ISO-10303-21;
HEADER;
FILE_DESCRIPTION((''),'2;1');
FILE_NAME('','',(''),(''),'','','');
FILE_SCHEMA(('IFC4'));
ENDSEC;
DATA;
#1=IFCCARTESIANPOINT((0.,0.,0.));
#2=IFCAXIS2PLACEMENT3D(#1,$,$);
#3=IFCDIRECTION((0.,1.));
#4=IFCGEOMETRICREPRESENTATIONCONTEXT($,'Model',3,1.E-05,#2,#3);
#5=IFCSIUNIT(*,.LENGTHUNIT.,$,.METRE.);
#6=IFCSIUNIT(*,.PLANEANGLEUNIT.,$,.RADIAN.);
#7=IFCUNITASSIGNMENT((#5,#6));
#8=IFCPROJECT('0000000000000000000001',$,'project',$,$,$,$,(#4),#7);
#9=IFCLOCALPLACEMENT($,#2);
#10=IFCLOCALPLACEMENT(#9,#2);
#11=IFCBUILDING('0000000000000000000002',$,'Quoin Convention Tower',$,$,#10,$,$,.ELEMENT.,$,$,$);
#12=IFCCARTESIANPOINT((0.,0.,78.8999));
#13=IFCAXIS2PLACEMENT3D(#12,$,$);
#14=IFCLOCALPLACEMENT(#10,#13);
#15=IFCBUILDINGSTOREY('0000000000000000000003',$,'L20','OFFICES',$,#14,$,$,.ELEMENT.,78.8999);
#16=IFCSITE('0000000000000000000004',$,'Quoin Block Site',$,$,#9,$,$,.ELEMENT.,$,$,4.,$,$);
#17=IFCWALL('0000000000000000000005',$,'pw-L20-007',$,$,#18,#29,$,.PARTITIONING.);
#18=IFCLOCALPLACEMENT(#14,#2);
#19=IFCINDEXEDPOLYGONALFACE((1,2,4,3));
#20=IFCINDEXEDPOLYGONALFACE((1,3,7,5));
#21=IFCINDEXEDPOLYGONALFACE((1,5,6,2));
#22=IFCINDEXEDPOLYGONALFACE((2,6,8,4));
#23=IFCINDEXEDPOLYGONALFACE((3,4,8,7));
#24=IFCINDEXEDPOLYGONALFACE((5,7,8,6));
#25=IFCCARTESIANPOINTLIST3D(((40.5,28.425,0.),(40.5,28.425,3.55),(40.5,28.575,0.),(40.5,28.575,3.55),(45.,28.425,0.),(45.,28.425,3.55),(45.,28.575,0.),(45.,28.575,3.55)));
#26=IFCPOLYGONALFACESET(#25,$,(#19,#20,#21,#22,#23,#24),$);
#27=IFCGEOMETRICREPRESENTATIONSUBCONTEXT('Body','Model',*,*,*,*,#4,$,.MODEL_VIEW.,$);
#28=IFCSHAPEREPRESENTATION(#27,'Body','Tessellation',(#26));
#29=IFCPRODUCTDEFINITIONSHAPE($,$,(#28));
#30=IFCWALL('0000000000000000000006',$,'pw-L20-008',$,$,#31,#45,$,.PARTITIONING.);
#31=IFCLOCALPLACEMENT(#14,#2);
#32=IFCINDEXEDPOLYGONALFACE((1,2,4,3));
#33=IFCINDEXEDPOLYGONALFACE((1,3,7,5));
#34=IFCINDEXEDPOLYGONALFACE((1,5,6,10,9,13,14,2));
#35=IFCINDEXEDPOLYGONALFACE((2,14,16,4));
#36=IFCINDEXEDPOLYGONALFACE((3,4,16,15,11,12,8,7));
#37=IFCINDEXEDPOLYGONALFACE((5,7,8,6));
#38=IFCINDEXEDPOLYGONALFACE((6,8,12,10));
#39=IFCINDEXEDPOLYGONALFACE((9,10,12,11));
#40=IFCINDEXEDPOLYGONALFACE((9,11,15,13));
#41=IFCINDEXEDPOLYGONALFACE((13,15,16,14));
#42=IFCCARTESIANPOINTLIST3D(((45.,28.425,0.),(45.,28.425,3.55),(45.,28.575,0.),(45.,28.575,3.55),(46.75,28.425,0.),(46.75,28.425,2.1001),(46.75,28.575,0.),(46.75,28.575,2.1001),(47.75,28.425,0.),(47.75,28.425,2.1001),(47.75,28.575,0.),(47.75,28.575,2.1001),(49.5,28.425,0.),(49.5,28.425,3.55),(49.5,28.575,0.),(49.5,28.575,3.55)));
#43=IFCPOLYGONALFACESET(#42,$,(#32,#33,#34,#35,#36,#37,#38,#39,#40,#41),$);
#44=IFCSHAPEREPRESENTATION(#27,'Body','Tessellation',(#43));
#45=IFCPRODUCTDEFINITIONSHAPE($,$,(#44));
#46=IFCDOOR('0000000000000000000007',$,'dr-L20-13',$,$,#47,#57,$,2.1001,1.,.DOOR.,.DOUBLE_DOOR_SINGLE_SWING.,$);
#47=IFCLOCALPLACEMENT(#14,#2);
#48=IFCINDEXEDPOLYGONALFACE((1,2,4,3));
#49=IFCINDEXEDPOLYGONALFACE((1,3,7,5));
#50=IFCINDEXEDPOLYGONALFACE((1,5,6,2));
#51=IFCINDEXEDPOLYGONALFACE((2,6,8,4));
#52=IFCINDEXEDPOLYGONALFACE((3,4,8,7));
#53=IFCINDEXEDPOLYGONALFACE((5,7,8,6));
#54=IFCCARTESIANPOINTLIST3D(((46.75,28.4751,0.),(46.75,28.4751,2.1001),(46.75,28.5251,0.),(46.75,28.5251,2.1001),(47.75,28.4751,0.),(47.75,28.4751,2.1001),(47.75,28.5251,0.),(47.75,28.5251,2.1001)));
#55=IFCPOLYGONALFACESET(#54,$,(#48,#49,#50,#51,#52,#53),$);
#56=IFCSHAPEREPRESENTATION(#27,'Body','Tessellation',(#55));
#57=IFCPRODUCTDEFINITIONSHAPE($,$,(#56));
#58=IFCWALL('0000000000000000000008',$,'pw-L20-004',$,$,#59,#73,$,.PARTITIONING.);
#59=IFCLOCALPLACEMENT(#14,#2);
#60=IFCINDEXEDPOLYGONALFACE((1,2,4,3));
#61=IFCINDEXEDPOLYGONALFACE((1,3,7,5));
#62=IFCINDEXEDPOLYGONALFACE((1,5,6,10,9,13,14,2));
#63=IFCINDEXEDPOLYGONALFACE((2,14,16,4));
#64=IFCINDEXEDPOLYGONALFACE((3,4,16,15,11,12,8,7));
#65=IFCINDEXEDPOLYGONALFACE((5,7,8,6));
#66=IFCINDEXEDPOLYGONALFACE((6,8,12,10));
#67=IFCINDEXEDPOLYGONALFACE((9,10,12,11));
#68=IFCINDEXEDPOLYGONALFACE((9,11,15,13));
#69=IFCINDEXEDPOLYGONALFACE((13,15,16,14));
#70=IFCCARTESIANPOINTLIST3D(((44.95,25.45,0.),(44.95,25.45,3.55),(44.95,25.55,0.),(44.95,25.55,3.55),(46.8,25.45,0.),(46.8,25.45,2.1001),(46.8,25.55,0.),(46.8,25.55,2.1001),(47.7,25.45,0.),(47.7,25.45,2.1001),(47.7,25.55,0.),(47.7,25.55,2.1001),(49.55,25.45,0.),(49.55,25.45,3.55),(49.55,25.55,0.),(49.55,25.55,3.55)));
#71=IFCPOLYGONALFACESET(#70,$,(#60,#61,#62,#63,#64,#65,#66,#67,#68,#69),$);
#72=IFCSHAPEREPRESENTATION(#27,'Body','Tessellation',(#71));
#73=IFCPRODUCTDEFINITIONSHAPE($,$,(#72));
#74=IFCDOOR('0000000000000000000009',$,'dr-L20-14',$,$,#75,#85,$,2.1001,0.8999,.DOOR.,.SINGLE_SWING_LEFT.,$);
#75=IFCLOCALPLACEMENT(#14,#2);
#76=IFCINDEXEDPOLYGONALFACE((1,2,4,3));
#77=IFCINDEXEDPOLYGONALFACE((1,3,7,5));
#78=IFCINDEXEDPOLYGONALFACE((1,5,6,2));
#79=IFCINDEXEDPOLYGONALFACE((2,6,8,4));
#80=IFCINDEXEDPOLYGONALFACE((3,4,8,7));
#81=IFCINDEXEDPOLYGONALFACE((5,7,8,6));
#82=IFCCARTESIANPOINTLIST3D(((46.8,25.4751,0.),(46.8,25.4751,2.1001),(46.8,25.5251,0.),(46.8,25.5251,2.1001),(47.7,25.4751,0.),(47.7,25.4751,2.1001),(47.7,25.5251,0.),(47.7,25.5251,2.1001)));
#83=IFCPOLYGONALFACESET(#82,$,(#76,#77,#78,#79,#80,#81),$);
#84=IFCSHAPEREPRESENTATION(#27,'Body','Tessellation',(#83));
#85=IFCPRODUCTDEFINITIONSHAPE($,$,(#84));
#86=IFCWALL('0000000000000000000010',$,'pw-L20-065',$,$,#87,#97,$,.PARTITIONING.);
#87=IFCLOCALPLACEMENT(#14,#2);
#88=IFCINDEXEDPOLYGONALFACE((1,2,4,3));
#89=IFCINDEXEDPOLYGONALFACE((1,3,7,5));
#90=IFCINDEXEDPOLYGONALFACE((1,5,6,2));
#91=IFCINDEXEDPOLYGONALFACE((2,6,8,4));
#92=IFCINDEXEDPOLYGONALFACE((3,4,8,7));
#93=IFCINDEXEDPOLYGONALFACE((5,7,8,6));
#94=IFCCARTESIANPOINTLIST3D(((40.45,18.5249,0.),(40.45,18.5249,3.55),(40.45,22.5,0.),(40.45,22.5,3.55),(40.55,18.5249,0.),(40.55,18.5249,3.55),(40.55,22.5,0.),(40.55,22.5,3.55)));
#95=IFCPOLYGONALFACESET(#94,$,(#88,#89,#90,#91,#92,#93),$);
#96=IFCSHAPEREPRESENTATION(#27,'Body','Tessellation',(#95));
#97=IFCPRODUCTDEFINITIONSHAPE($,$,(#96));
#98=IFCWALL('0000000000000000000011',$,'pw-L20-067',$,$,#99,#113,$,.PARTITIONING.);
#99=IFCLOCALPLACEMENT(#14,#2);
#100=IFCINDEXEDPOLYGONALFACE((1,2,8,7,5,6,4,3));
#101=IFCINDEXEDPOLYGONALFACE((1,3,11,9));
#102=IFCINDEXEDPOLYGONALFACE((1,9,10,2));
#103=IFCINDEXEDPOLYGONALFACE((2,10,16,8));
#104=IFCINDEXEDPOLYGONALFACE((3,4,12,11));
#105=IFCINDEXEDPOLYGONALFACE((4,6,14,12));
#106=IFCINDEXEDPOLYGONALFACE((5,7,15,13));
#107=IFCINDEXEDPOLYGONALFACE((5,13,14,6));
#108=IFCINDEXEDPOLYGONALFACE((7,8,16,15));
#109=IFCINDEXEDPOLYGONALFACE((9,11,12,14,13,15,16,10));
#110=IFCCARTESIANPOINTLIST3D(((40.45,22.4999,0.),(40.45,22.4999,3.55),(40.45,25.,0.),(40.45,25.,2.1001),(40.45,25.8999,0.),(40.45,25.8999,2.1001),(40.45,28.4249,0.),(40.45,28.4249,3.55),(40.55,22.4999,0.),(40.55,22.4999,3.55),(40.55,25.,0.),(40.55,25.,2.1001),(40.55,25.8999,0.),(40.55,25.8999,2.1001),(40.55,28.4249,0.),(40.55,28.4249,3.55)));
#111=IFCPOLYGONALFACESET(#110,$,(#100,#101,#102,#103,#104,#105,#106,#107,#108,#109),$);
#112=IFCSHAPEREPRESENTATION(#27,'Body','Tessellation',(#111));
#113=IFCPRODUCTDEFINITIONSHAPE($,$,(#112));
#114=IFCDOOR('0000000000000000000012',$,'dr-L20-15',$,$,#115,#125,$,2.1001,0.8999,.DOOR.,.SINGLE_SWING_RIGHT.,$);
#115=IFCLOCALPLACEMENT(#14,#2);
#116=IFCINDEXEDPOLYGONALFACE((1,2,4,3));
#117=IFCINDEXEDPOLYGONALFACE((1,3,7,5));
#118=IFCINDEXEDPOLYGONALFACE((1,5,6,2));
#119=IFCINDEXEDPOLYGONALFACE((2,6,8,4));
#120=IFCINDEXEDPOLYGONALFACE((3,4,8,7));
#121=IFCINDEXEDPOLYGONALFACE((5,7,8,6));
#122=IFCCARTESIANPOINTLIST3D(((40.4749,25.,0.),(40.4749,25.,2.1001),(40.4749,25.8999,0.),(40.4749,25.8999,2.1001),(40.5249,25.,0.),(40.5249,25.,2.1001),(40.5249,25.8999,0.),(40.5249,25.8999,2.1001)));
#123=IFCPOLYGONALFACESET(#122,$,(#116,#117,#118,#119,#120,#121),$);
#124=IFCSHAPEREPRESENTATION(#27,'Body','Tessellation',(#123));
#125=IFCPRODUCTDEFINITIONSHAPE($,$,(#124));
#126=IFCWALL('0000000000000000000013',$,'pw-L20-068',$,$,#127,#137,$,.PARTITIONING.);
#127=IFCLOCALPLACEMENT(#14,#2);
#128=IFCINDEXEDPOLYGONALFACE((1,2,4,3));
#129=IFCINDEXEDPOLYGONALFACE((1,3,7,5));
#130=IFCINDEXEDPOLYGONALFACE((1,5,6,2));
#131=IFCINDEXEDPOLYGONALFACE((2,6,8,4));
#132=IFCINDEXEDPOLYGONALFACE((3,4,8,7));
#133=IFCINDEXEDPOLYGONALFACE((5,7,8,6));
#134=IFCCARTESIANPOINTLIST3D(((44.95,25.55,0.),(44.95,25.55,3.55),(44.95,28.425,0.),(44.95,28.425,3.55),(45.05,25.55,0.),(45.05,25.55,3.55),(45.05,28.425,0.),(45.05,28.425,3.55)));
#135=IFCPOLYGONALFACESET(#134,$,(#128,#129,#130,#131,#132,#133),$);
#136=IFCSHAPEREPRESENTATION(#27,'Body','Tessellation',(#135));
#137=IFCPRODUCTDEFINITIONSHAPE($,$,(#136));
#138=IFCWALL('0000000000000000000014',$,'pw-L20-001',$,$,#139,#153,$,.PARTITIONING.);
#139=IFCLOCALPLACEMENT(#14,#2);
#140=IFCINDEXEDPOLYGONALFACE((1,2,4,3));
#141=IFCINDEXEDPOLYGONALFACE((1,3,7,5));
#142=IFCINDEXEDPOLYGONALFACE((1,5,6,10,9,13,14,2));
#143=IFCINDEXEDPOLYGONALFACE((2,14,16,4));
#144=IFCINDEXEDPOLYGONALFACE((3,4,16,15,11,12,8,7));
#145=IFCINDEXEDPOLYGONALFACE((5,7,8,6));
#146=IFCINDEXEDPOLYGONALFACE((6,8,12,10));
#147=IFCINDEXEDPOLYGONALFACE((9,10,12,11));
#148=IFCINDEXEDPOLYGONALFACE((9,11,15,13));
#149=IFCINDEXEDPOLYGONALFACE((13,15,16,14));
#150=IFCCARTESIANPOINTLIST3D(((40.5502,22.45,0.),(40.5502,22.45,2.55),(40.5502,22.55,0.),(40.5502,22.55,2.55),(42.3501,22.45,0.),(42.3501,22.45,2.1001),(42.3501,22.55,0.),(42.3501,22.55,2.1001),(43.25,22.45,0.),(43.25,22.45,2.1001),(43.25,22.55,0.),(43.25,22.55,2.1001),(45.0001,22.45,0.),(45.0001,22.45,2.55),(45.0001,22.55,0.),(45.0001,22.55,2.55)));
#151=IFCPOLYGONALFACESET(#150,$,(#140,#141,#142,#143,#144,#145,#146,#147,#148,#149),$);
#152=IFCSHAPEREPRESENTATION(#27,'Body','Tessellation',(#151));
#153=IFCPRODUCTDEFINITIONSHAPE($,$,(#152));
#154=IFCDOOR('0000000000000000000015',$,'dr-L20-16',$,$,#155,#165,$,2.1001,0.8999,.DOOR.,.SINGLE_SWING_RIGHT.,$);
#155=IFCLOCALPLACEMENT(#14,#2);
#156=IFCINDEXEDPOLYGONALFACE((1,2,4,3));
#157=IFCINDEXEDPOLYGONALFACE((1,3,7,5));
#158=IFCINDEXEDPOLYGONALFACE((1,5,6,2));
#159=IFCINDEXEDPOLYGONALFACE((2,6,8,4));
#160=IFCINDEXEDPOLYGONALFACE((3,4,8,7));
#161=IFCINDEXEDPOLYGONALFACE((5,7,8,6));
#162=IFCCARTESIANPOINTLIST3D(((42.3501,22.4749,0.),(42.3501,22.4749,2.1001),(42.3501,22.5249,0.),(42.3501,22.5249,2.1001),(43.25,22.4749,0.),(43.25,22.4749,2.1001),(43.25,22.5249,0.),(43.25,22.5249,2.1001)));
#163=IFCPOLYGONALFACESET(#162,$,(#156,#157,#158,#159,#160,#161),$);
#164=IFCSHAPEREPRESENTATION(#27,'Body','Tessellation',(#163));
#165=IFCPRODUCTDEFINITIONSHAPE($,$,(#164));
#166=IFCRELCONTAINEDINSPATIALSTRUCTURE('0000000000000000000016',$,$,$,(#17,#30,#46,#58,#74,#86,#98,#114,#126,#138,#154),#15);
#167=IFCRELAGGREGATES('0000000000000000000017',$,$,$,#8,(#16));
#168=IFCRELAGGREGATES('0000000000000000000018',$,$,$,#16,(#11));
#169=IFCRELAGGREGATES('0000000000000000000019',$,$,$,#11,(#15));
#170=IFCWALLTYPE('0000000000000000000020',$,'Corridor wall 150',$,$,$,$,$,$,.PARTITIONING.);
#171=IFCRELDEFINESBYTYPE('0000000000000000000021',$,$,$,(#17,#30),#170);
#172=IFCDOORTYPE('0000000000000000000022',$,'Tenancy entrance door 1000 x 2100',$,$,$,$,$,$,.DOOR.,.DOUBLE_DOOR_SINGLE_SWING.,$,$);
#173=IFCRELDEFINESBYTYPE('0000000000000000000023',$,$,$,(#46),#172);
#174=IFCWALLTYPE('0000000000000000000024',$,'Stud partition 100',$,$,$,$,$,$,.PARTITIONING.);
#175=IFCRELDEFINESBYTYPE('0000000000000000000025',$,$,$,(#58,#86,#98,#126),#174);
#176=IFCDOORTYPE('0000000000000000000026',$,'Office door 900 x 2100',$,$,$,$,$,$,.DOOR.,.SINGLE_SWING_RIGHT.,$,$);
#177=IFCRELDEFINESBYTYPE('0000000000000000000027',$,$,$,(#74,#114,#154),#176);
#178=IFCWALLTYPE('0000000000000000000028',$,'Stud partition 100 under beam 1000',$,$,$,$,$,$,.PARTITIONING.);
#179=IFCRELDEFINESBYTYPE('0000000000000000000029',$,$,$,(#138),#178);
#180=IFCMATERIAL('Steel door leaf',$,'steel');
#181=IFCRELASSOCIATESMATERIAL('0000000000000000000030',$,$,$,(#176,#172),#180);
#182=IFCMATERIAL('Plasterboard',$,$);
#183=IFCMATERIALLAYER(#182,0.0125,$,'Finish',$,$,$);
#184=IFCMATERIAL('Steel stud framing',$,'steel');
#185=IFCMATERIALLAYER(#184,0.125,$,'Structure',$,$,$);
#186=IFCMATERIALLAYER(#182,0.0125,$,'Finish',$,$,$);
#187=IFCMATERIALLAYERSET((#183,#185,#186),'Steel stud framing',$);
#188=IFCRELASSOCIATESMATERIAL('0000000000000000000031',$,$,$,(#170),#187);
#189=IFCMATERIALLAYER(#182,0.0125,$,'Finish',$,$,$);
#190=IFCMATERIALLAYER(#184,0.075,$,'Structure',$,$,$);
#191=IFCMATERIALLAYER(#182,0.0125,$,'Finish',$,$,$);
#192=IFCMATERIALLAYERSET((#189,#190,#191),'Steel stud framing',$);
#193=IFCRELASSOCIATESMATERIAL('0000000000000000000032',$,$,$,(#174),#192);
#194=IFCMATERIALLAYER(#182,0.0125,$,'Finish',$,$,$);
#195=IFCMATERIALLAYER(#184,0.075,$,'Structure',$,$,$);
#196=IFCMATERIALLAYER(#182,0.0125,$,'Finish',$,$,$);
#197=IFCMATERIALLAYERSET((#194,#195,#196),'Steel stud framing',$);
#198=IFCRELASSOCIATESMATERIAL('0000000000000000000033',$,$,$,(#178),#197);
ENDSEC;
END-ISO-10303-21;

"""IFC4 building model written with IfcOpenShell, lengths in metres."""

from ifc_helpers import new_model, si_unit, direction, frame, frame_2d, origin, place, context, subcontext, project, spatial, rectangle, extrude, material, layer, layer_set, type_object, element, fill, save


model = new_model("IFC4")

# Units and contexts
model_context = context("Model", 3, precision=1e-05, world=origin(), true_north=direction((0.0, 1.0)))
body_context = subcontext(model_context, "Body", "Model", "MODEL_VIEW")
ifc_project = project(units=[si_unit("LENGTHUNIT", "METRE"), si_unit("PLANEANGLEUNIT", "RADIAN")], contexts=[model_context])

# Site, building, storey
site_placement = place(None, origin())
site = spatial("IfcSite", under=ifc_project, at=site_placement, Name="Quoin Block Site", CompositionType="ELEMENT", RefElevation=4.0)
building_placement = place(site_placement, origin())
building = spatial("IfcBuilding", under=site, at=building_placement, Name="Quoin Convention Tower", CompositionType="ELEMENT")
storey_placement = place(building_placement, frame((0.0, 0.0, 78.8999)))
storey = spatial("IfcBuildingStorey", under=building, at=storey_placement, Name="L20", Description="OFFICES", CompositionType="ELEMENT", Elevation=78.8999)

# Shared definitions
ifc_material_1 = material(Name="Plasterboard")
ifc_material_2 = material(Name="Steel stud framing", Category="steel")

# Shared definitions
ifc_material_3 = material(Name="Steel door leaf", Category="steel")
door_type_1 = type_object("IfcDoorType", Name="Office door 900 x 2100", OperationType="SINGLE_SWING_RIGHT", PredefinedType="DOOR", material=ifc_material_3)

# Wall
ifc_layer_1 = layer(ifc_material_1, 0.0125, Name="Finish")
ifc_layer_2 = layer(ifc_material_2, 0.125, Name="Structure")
ifc_layer_3 = layer(ifc_material_1, 0.0125, Name="Finish")
ifc_layer_set_1 = layer_set([ifc_layer_1, ifc_layer_2, ifc_layer_3], Name="Steel stud framing")
wall_type_1 = type_object("IfcWallType", Name="Corridor wall 150", PredefinedType="PARTITIONING", material=ifc_layer_set_1)
wall_1_placement = place(storey_placement, frame((40.5, 28.5, 0.0), z_axis=(0.0, 0.0, 1.0), x_axis=(1.0, 0.0, 0.0)))
element("IfcWall", 1, at=wall_1_placement, inside=storey, type_object=wall_type_1, Name="pw-L20-007", PredefinedType="PARTITIONING", context=body_context, shape_type="SweptSolid", body=[
    extrude(rectangle(XDim=4.5, YDim=0.1499, at=frame_2d((2.25, 0.0))), origin(), (0.0, 0.0, 1.0), 3.55),
])

# Walls, openings, doors
wall_2_placement = place(storey_placement, frame((45.0, 28.5, 0.0), z_axis=(0.0, 0.0, 1.0), x_axis=(1.0, 0.0, 0.0)))
wall_2 = element("IfcWall", 2, at=wall_2_placement, inside=storey, type_object=wall_type_1, Name="pw-L20-008", PredefinedType="PARTITIONING", context=body_context, shape_type="SweptSolid", body=[
    extrude(rectangle(XDim=4.5, YDim=0.1499, at=frame_2d((2.25, 0.0))), origin(), (0.0, 0.0, 1.0), 3.55),
])
opening_1_placement = place(wall_2_placement, frame((1.75, 0.0, 0.0)))
opening_1 = element("IfcOpeningElement", 3, at=opening_1_placement, cuts=wall_2, PredefinedType="OPENING", context=body_context, shape_type="SweptSolid", body=[
    extrude(rectangle(XDim=1.0, YDim=2.1001, at=frame_2d((0.5, 1.05))), frame((0.0, 0.085, 0.0), z_axis=(0.0, -1.0, 0.0), x_axis=(1.0, 0.0, 0.0)), (0.0, 0.0, 1.0), 0.1699),
])
door_type_2 = type_object("IfcDoorType", Name="Tenancy entrance door 1000 x 2100", OperationType="DOUBLE_DOOR_SINGLE_SWING", PredefinedType="DOOR", material=ifc_material_3)
door_1_placement = place(opening_1_placement, frame((1.0, 0.0, 0.0), z_axis=(0.0, 0.0, 1.0), x_axis=(-1.0, 0.0, 0.0)))
door_1 = element("IfcDoor", 4, at=door_1_placement, inside=storey, type_object=door_type_2, Name="dr-L20-13", OperationType="DOUBLE_DOOR_SINGLE_SWING", OverallHeight=2.1001, OverallWidth=1.0, PredefinedType="DOOR", context=body_context, shape_type="SweptSolid", body=[
    extrude(rectangle(XDim=1.0, YDim=2.1001, at=frame_2d((0.5, 1.05))), frame((0.0, 0.0249, 0.0), z_axis=(0.0, -1.0, 0.0), x_axis=(1.0, 0.0, 0.0)), (0.0, 0.0, 1.0), 0.05),
])
fill(opening_1, door_1)
ifc_layer_4 = layer(ifc_material_1, 0.0125, Name="Finish")
ifc_layer_5 = layer(ifc_material_2, 0.075, Name="Structure")
ifc_layer_6 = layer(ifc_material_1, 0.0125, Name="Finish")
ifc_layer_set_2 = layer_set([ifc_layer_4, ifc_layer_5, ifc_layer_6], Name="Steel stud framing")
wall_type_2 = type_object("IfcWallType", Name="Stud partition 100", PredefinedType="PARTITIONING", material=ifc_layer_set_2)
wall_3_placement = place(storey_placement, frame((44.95, 25.5, 0.0), z_axis=(0.0, 0.0, 1.0), x_axis=(1.0, 0.0, 0.0)))
wall_3 = element("IfcWall", 5, at=wall_3_placement, inside=storey, type_object=wall_type_2, Name="pw-L20-004", PredefinedType="PARTITIONING", context=body_context, shape_type="SweptSolid", body=[
    extrude(rectangle(XDim=4.6001, YDim=0.1001, at=frame_2d((2.3, 0.0))), origin(), (0.0, 0.0, 1.0), 3.55),
])
opening_2_placement = place(wall_3_placement, frame((1.8501, 0.0, 0.0)))
opening_2 = element("IfcOpeningElement", 6, at=opening_2_placement, cuts=wall_3, PredefinedType="OPENING", context=body_context, shape_type="SweptSolid", body=[
    extrude(rectangle(XDim=0.8999, YDim=2.1001, at=frame_2d((0.45, 1.05))), frame((0.0, 0.0601, 0.0), z_axis=(0.0, -1.0, 0.0), x_axis=(1.0, 0.0, 0.0)), (0.0, 0.0, 1.0), 0.1201),
])
door_2_placement = place(opening_2_placement, frame((0.8999, 0.0, 0.0), z_axis=(0.0, 0.0, 1.0), x_axis=(-1.0, 0.0, 0.0)))
door_2 = element("IfcDoor", 7, at=door_2_placement, inside=storey, type_object=door_type_1, Name="dr-L20-14", OperationType="SINGLE_SWING_LEFT", OverallHeight=2.1001, OverallWidth=0.8999, PredefinedType="DOOR", context=body_context, shape_type="SweptSolid", body=[
    extrude(rectangle(XDim=0.8999, YDim=2.1001, at=frame_2d((0.45, 1.05))), frame((0.0, 0.0249, 0.0), z_axis=(0.0, -1.0, 0.0), x_axis=(1.0, 0.0, 0.0)), (0.0, 0.0, 1.0), 0.05),
])
fill(opening_2, door_2)

# Wall
wall_4_placement = place(storey_placement, frame((40.5, 18.5249, 0.0), z_axis=(0.0, 0.0, 1.0), x_axis=(0.0, 1.0, 0.0)))
element("IfcWall", 8, at=wall_4_placement, inside=storey, type_object=wall_type_2, Name="pw-L20-065", PredefinedType="PARTITIONING", context=body_context, shape_type="SweptSolid", body=[
    extrude(rectangle(XDim=3.9751, YDim=0.1001, at=frame_2d((1.9875, 0.0))), origin(), (0.0, 0.0, 1.0), 3.55),
])

# Wall, opening, door
wall_5_placement = place(storey_placement, frame((40.5, 22.5, 0.0), z_axis=(0.0, 0.0, 1.0), x_axis=(0.0, 1.0, 0.0)))
wall_5 = element("IfcWall", 9, at=wall_5_placement, inside=storey, type_object=wall_type_2, Name="pw-L20-067", PredefinedType="PARTITIONING", context=body_context, shape_type="SweptSolid", body=[
    extrude(rectangle(XDim=5.925, YDim=0.1001, at=frame_2d((2.9624, 0.0))), origin(), (0.0, 0.0, 1.0), 3.55),
])
opening_3_placement = place(wall_5_placement, frame((2.5, 0.0, 0.0)))
opening_3 = element("IfcOpeningElement", 10, at=opening_3_placement, cuts=wall_5, PredefinedType="OPENING", context=body_context, shape_type="SweptSolid", body=[
    extrude(rectangle(XDim=0.8999, YDim=2.1001, at=frame_2d((0.45, 1.05))), frame((0.0, 0.0601, 0.0), z_axis=(0.0, -1.0, 0.0), x_axis=(1.0, 0.0, 0.0)), (0.0, 0.0, 1.0), 0.1201),
])
door_3_placement = place(opening_3_placement, frame((0.8999, 0.0, 0.0), z_axis=(0.0, 0.0, 1.0), x_axis=(-1.0, 0.0, 0.0)))
door_3 = element("IfcDoor", 11, at=door_3_placement, inside=storey, type_object=door_type_1, Name="dr-L20-15", OperationType="SINGLE_SWING_RIGHT", OverallHeight=2.1001, OverallWidth=0.8999, PredefinedType="DOOR", context=body_context, shape_type="SweptSolid", body=[
    extrude(rectangle(XDim=0.8999, YDim=2.1001, at=frame_2d((0.45, 1.05))), frame((0.0, 0.0249, 0.0), z_axis=(0.0, -1.0, 0.0), x_axis=(1.0, 0.0, 0.0)), (0.0, 0.0, 1.0), 0.05),
])
fill(opening_3, door_3)

# Wall
wall_6_placement = place(storey_placement, frame((45.0, 25.55, 0.0), z_axis=(0.0, 0.0, 1.0), x_axis=(0.0, 1.0, 0.0)))
element("IfcWall", 12, at=wall_6_placement, inside=storey, type_object=wall_type_2, Name="pw-L20-068", PredefinedType="PARTITIONING", context=body_context, shape_type="SweptSolid", body=[
    extrude(rectangle(XDim=2.875, YDim=0.1001, at=frame_2d((1.4375, 0.0))), origin(), (0.0, 0.0, 1.0), 3.55),
])

# Wall, opening, door
ifc_layer_7 = layer(ifc_material_1, 0.0125, Name="Finish")
ifc_layer_8 = layer(ifc_material_2, 0.075, Name="Structure")
ifc_layer_9 = layer(ifc_material_1, 0.0125, Name="Finish")
ifc_layer_set_3 = layer_set([ifc_layer_7, ifc_layer_8, ifc_layer_9], Name="Steel stud framing")
wall_type_3 = type_object("IfcWallType", Name="Stud partition 100 under beam 1000", PredefinedType="PARTITIONING", material=ifc_layer_set_3)
wall_7_placement = place(storey_placement, frame((40.55, 22.5, 0.0), z_axis=(0.0, 0.0, 1.0), x_axis=(1.0, 0.0, 0.0)))
wall_7 = element("IfcWall", 13, at=wall_7_placement, inside=storey, type_object=wall_type_3, Name="pw-L20-001", PredefinedType="PARTITIONING", context=body_context, shape_type="SweptSolid", body=[
    extrude(rectangle(XDim=4.45, YDim=0.1001, at=frame_2d((2.2251, 0.0))), origin(), (0.0, 0.0, 1.0), 2.55),
])
opening_4_placement = place(wall_7_placement, frame((1.8, 0.0, 0.0)))
opening_4 = element("IfcOpeningElement", 14, at=opening_4_placement, cuts=wall_7, PredefinedType="OPENING", context=body_context, shape_type="SweptSolid", body=[
    extrude(rectangle(XDim=0.8999, YDim=2.1001, at=frame_2d((0.45, 1.05))), frame((0.0, 0.0601, 0.0), z_axis=(0.0, -1.0, 0.0), x_axis=(1.0, 0.0, 0.0)), (0.0, 0.0, 1.0), 0.1201),
])
door_4_placement = place(opening_4_placement, origin())
door_4 = element("IfcDoor", 15, at=door_4_placement, inside=storey, type_object=door_type_1, Name="dr-L20-16", OperationType="SINGLE_SWING_RIGHT", OverallHeight=2.1001, OverallWidth=0.8999, PredefinedType="DOOR", context=body_context, shape_type="SweptSolid", body=[
    extrude(rectangle(XDim=0.8999, YDim=2.1001, at=frame_2d((0.45, 1.05))), frame((0.0, 0.0249, 0.0), z_axis=(0.0, -1.0, 0.0), x_axis=(1.0, 0.0, 0.0)), (0.0, 0.0, 1.0), 0.05),
])
fill(opening_4, door_4)

save(model, "model.ifc")
